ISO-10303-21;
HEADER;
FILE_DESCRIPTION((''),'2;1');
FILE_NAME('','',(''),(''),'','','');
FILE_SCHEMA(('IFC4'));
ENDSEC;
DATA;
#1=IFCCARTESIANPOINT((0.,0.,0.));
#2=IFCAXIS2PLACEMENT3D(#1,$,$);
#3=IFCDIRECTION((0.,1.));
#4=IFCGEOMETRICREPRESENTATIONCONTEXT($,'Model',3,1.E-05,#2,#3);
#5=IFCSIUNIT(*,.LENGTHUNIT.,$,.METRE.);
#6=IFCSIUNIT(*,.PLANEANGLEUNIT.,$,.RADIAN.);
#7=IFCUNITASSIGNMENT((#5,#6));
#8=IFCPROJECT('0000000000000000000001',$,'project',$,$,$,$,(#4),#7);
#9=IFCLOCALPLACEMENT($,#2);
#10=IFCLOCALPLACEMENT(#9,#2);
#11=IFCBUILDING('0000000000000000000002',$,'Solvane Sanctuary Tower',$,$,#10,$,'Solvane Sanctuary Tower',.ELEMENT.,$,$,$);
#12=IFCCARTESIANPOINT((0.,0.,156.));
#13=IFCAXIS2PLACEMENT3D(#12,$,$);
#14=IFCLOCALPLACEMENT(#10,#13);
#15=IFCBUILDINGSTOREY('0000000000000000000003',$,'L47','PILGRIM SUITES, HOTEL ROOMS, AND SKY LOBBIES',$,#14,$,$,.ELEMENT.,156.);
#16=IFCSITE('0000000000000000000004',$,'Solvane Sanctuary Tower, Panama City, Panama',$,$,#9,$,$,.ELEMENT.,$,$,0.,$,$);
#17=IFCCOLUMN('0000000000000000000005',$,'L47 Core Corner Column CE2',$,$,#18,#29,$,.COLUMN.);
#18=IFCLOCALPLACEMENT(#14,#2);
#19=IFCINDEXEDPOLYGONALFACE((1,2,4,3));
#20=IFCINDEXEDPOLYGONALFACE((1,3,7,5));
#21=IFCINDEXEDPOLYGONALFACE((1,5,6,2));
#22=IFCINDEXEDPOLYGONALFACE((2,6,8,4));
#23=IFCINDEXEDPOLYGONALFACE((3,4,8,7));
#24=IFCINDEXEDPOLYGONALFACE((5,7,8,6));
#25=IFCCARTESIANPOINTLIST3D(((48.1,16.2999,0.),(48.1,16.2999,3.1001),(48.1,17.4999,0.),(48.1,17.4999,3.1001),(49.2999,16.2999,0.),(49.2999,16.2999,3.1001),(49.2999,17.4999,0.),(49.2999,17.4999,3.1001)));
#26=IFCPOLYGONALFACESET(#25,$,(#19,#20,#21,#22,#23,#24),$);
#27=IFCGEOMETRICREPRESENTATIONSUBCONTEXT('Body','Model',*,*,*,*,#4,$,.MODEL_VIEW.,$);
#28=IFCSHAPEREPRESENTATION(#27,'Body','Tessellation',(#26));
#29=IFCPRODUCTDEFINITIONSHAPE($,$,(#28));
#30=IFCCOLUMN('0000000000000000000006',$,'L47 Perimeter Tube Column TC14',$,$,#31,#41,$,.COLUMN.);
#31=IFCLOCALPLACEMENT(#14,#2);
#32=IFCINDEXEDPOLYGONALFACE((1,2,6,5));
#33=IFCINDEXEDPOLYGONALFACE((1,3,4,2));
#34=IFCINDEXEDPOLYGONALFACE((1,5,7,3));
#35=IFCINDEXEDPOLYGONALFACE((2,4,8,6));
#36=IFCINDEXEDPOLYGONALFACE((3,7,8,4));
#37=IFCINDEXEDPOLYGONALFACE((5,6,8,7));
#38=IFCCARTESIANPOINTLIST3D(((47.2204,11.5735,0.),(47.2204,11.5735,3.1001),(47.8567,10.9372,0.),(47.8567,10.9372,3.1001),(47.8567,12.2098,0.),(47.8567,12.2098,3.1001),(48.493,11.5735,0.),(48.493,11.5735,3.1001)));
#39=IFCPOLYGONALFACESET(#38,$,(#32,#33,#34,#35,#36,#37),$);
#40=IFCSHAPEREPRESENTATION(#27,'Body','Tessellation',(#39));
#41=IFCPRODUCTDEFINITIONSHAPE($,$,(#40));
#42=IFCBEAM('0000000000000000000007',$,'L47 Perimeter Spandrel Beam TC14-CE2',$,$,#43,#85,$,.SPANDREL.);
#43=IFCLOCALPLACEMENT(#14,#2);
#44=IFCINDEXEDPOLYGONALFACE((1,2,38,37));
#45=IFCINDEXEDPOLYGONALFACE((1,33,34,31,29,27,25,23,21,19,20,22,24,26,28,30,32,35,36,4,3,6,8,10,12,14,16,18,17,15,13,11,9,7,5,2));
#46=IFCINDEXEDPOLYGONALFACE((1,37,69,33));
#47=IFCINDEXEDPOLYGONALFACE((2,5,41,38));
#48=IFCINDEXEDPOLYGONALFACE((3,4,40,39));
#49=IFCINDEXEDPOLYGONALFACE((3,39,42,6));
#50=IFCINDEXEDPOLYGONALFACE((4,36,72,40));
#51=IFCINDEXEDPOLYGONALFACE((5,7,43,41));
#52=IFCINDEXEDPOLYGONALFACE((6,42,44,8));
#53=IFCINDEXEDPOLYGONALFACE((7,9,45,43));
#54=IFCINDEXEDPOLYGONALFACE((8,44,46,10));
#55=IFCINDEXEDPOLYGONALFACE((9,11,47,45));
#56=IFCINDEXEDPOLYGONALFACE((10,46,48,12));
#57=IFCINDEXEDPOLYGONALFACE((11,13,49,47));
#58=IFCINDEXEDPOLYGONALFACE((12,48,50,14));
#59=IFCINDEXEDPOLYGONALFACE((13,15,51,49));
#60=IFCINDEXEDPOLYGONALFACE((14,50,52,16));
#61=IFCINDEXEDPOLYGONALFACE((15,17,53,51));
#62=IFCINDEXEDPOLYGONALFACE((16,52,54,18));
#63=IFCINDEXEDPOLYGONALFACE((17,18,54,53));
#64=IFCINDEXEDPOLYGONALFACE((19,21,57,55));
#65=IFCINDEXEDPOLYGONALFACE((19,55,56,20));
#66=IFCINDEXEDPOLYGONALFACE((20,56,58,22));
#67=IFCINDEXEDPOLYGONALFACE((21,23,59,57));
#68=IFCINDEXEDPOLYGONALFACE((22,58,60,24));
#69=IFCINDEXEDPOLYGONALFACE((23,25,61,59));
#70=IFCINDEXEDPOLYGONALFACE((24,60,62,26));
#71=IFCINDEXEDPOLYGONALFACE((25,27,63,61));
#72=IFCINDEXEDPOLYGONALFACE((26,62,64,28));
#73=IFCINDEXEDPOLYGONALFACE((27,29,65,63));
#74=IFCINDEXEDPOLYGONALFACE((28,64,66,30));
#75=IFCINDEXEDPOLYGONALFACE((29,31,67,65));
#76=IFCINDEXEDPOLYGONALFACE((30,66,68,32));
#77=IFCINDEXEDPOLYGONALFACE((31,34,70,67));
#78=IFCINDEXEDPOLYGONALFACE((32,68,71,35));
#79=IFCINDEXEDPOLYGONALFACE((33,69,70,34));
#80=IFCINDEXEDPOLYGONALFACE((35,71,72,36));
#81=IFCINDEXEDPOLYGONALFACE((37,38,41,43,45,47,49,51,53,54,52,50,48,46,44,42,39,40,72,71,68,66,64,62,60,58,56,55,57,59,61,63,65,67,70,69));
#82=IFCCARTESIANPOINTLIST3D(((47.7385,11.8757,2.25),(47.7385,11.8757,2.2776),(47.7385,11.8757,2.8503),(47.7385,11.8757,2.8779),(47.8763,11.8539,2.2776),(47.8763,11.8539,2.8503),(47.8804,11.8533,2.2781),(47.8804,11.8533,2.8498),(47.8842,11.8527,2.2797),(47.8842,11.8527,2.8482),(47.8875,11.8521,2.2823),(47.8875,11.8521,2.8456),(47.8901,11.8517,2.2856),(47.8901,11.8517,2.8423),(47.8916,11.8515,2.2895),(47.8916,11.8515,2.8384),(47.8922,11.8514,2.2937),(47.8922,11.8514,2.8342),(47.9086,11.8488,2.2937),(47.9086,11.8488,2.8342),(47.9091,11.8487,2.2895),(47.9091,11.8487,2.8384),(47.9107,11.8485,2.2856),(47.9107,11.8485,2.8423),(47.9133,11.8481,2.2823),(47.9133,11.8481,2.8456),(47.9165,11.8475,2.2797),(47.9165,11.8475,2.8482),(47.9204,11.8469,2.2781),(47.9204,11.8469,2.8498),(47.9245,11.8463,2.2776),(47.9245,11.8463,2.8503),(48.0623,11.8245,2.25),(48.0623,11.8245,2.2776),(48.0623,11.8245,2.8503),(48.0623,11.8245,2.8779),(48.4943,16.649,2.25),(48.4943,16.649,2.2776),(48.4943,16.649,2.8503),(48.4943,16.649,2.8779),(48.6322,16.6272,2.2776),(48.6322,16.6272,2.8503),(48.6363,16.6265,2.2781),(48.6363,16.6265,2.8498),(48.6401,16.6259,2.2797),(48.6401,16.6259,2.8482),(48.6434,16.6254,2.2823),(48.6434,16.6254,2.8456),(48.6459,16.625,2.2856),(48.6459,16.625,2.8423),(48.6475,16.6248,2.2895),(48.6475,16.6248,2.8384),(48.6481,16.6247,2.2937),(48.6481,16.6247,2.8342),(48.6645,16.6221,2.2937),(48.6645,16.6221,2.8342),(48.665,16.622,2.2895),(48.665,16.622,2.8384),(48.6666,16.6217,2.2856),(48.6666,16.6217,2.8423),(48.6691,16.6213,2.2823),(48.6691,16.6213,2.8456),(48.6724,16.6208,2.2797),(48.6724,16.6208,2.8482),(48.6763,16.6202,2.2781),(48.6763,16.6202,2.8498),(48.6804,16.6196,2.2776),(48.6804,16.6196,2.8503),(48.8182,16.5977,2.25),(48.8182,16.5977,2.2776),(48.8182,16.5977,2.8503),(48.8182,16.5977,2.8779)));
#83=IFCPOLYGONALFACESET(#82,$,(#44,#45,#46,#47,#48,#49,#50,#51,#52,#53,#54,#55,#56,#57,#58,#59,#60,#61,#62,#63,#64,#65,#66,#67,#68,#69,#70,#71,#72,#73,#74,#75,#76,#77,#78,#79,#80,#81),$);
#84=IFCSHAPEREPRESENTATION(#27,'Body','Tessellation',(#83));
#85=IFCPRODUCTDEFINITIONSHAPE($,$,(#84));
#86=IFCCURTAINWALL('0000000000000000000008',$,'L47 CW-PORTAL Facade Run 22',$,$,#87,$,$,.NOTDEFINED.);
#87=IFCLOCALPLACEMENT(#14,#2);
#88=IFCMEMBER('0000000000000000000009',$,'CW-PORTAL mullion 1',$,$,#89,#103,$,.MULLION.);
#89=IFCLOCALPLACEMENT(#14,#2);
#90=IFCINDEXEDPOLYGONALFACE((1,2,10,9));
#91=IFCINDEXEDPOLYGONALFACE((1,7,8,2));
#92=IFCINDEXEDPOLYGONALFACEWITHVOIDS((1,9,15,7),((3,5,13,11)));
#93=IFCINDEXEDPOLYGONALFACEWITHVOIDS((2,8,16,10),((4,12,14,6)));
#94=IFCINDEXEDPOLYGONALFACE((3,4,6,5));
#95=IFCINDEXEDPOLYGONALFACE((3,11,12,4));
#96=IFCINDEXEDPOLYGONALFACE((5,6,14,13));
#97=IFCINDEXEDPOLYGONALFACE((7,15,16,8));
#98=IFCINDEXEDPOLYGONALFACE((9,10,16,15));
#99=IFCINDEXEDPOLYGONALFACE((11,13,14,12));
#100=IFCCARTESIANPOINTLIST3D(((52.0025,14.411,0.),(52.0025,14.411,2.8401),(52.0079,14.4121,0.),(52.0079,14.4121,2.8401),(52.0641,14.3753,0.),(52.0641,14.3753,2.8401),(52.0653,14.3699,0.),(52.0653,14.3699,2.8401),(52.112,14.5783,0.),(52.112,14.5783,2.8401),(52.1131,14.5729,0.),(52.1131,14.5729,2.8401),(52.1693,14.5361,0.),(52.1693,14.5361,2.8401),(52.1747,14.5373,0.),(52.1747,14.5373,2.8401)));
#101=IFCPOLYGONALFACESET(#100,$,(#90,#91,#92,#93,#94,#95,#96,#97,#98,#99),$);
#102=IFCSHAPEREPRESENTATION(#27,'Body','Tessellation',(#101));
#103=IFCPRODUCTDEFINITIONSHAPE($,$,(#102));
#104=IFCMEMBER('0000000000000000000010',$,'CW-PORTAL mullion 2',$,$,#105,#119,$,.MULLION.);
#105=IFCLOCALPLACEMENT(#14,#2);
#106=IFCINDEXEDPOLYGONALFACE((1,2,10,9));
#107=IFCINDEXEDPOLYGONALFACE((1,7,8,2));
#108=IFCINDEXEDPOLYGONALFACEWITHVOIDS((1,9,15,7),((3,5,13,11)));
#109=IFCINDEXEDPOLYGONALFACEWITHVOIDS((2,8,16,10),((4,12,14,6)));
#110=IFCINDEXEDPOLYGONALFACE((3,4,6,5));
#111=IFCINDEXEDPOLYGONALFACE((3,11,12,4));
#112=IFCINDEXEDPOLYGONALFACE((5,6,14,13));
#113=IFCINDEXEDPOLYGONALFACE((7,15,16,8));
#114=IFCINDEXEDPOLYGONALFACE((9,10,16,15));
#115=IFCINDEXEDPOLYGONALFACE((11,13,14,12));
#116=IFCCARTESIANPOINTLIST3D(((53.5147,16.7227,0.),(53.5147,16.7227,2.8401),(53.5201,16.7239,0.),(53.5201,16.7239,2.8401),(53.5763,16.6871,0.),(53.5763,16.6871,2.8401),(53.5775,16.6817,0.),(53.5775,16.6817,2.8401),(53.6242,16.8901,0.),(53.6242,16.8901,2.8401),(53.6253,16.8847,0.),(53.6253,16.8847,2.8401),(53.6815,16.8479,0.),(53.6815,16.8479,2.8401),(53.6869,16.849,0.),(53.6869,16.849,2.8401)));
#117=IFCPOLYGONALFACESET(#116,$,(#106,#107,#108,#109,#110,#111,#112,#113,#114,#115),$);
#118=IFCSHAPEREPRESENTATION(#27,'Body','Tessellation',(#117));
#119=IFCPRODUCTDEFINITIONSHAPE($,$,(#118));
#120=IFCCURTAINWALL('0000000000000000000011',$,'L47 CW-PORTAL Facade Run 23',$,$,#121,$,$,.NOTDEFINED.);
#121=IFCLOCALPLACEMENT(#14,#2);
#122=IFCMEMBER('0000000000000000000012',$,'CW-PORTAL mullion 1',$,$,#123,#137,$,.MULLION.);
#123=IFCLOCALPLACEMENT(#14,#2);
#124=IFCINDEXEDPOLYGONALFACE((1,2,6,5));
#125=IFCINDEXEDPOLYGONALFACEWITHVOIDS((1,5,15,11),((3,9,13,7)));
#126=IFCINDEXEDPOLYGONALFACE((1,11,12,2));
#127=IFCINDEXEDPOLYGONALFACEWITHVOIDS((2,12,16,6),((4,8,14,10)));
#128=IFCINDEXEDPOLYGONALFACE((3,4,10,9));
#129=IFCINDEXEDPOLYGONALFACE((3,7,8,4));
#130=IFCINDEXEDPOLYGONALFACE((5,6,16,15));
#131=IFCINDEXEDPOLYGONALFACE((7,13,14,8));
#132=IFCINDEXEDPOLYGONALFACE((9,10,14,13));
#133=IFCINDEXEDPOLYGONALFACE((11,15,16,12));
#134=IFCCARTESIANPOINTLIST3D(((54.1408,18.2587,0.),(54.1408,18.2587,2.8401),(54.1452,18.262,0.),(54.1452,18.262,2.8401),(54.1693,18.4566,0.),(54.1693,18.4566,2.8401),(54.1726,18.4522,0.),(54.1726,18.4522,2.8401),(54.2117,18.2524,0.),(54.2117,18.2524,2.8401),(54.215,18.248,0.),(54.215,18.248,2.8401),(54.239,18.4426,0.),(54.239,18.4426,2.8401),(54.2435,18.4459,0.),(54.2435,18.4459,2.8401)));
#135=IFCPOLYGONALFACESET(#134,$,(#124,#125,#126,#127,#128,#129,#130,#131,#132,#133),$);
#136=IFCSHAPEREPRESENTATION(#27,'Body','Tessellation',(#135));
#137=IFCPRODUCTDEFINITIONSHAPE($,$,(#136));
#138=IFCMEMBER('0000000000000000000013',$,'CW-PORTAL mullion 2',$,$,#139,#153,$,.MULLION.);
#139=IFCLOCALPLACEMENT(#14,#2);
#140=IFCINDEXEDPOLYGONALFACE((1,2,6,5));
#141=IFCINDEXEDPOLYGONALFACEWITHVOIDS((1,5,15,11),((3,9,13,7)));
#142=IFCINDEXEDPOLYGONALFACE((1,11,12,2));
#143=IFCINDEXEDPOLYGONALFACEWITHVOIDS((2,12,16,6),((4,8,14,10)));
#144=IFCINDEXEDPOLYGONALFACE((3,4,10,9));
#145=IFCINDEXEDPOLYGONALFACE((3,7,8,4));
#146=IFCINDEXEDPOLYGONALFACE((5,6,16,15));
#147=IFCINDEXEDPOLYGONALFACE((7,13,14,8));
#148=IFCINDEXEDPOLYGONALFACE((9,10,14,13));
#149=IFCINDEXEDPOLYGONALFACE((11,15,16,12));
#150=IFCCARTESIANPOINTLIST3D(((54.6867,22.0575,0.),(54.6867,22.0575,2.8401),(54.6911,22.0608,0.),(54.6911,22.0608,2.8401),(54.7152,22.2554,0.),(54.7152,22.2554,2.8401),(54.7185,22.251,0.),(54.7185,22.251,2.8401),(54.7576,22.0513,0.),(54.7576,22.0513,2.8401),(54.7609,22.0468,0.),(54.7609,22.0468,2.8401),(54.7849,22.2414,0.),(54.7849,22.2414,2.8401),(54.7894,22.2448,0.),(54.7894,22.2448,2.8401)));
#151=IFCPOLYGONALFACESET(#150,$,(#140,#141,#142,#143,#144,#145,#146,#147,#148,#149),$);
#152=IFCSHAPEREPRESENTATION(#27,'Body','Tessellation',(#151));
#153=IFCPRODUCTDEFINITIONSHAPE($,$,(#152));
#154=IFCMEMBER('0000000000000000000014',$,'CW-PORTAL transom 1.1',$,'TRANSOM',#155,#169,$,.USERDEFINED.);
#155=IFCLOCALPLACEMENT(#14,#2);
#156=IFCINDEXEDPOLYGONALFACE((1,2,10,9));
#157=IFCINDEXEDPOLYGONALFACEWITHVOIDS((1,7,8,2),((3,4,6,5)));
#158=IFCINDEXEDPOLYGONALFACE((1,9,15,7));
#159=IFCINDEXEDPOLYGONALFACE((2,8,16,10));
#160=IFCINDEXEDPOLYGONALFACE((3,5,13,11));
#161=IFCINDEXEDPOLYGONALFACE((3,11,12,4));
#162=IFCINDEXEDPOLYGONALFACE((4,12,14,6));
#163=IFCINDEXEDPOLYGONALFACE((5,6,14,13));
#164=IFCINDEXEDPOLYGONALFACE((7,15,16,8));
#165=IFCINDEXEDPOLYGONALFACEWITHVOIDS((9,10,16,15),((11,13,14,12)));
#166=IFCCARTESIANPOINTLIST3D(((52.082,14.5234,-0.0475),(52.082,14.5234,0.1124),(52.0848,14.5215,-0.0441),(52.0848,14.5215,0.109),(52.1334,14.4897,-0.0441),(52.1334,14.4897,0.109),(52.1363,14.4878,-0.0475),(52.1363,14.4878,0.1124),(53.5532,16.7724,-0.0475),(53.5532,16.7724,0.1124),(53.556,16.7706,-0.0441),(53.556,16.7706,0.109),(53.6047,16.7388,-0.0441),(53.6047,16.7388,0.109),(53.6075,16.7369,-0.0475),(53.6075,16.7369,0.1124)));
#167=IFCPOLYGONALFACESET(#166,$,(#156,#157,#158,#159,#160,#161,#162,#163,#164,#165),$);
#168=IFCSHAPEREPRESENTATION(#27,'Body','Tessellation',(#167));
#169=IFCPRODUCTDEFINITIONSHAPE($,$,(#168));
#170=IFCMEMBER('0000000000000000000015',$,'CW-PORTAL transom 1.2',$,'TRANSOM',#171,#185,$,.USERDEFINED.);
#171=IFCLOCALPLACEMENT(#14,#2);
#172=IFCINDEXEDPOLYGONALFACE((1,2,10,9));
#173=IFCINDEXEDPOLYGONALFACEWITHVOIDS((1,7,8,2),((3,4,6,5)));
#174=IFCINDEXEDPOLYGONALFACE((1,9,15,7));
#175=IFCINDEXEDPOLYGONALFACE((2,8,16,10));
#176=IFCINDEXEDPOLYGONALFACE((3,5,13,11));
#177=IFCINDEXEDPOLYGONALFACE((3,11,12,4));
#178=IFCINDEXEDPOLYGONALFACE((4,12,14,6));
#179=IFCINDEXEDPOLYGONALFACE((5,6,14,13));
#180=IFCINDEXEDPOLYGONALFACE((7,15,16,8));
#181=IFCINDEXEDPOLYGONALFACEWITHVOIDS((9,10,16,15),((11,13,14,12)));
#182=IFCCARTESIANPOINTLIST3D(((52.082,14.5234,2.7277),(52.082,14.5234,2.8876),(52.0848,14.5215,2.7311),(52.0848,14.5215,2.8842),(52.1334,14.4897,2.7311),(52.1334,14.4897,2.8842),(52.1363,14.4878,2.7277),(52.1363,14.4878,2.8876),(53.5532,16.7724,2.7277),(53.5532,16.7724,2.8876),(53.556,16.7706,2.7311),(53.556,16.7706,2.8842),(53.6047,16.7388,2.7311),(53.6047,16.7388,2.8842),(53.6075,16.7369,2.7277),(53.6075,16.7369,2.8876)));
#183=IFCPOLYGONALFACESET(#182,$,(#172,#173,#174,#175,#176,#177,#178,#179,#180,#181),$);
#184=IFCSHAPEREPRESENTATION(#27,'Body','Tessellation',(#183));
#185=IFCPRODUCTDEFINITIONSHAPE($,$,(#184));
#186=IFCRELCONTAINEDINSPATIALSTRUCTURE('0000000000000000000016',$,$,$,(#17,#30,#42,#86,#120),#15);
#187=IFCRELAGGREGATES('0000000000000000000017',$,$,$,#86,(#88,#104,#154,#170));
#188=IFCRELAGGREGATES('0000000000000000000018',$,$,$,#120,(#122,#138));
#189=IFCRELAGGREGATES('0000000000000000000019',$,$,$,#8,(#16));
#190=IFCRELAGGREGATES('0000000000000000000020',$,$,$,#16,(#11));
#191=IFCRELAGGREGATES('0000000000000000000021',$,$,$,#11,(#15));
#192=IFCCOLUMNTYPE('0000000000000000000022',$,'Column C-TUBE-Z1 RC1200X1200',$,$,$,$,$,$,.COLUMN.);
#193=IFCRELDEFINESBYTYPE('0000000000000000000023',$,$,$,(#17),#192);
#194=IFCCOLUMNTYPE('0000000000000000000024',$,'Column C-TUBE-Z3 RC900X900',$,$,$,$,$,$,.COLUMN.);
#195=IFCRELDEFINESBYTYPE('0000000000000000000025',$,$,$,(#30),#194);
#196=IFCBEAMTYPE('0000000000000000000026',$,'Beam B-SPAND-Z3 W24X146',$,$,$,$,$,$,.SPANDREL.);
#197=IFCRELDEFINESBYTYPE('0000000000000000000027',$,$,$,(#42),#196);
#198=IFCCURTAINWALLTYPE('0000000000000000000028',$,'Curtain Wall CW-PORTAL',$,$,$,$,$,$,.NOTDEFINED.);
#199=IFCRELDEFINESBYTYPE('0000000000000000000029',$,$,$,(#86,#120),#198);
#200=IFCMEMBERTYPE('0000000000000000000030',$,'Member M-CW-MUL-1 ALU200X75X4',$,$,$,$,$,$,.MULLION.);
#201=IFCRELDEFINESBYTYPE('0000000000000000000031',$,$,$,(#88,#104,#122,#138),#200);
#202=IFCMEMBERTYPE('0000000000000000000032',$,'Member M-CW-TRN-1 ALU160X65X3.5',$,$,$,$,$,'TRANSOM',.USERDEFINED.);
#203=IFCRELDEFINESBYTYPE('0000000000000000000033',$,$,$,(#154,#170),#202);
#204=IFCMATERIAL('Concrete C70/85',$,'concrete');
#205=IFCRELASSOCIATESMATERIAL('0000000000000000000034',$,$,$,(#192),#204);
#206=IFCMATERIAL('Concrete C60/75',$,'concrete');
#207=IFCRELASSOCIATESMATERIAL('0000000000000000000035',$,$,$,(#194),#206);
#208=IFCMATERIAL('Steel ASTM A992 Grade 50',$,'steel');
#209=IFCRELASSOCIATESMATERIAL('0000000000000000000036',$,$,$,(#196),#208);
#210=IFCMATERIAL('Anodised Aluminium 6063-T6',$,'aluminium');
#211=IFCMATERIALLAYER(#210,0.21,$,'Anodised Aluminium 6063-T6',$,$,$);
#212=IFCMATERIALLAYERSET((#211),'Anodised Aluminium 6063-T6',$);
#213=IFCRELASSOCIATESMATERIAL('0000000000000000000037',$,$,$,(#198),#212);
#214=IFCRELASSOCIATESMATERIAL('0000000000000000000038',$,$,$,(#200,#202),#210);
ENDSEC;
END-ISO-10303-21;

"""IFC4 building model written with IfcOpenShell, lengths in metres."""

from ifc_helpers import new_model, si_unit, direction, frame, origin, origin_2d, place, context, subcontext, project, spatial, rectangle, hollow_rectangle, i_section, extrude, material, layer, layer_set, material_profile, profile_set, type_object, element, aggregate, save


model = new_model("IFC4")

# Units and contexts
model_context = context("Model", 3, precision=1e-05, world=origin(), true_north=direction((0.0, 1.0)))
body_context = subcontext(model_context, "Body", "Model", "MODEL_VIEW")
ifc_project = project(units=[si_unit("LENGTHUNIT", "METRE"), si_unit("PLANEANGLEUNIT", "RADIAN")], contexts=[model_context])

# Site, building, storey
site_placement = place(None, origin())
site = spatial("IfcSite", under=ifc_project, at=site_placement, Name="Solvane Sanctuary Tower, Panama City, Panama", CompositionType="ELEMENT", RefElevation=0.0)
building_placement = place(site_placement, origin())
building = spatial("IfcBuilding", under=site, at=building_placement, Name="Solvane Sanctuary Tower", LongName="Solvane Sanctuary Tower", CompositionType="ELEMENT")
storey_placement = place(building_placement, frame((0.0, 0.0, 156.0)))
storey = spatial("IfcBuildingStorey", under=building, at=storey_placement, Name="L47", Description="PILGRIM SUITES, HOTEL ROOMS, AND SKY LOBBIES", CompositionType="ELEMENT", Elevation=156.0)

# Columns
ifc_material_1 = material(Name="Concrete C70/85", Category="concrete")
ifc_material_profile_1 = material_profile(ifc_material_1, rectangle(XDim=1.2, YDim=1.2, at=origin_2d()), Name="RC1200X1200")
ifc_profile_set_1 = profile_set([ifc_material_profile_1], Name="Concrete C70/85")
column_type_1 = type_object("IfcColumnType", Name="Column C-TUBE-Z1 RC1200X1200", PredefinedType="COLUMN", material=ifc_profile_set_1)
column_1_placement = place(storey_placement, frame((48.7, 16.8999, 0.0), z_axis=(0.0, 0.0, 1.0), x_axis=(1.0, 0.0, 0.0)))
element("IfcColumn", 1, at=column_1_placement, inside=storey, type_object=column_type_1, Name="L47 Core Corner Column CE2", PredefinedType="COLUMN", context=body_context, shape_type="SweptSolid", body=[
    extrude(rectangle(XDim=1.2, YDim=1.2, at=origin_2d()), origin(), (0.0, 0.0, 1.0), 3.1001),
])
ifc_material_2 = material(Name="Concrete C60/75", Category="concrete")
ifc_material_profile_2 = material_profile(ifc_material_2, rectangle(XDim=0.8999, YDim=0.8999, at=origin_2d()), Name="RC900X900")
ifc_profile_set_2 = profile_set([ifc_material_profile_2], Name="Concrete C60/75")
column_type_2 = type_object("IfcColumnType", Name="Column C-TUBE-Z3 RC900X900", PredefinedType="COLUMN", material=ifc_profile_set_2)
column_2_placement = place(storey_placement, frame((47.8567, 11.5735, 0.0), z_axis=(0.0, 0.0, 1.0), x_axis=(0.707107, -0.707107, 0.0)))
element("IfcColumn", 2, at=column_2_placement, inside=storey, type_object=column_type_2, Name="L47 Perimeter Tube Column TC14", PredefinedType="COLUMN", context=body_context, shape_type="SweptSolid", body=[
    extrude(rectangle(XDim=0.8999, YDim=0.8999, at=origin_2d()), origin(), (0.0, 0.0, 1.0), 3.1001),
])

# Beam
ifc_material_3 = material(Name="Steel ASTM A992 Grade 50", Category="steel")
ifc_material_profile_3 = material_profile(ifc_material_3, i_section(OverallWidth=0.3279, OverallDepth=0.6279, WebThickness=0.0166, FlangeThickness=0.0276, FilletRadius=0.0161, at=origin_2d()), Name="W24X146")
ifc_profile_set_3 = profile_set([ifc_material_profile_3], Name="Steel ASTM A992 Grade 50")
beam_type = type_object("IfcBeamType", Name="Beam B-SPAND-Z3 W24X146", PredefinedType="SPANDREL", material=ifc_profile_set_3)
beam_placement = place(storey_placement, frame((47.9004, 11.8501, 2.564), z_axis=(0.156406, 0.987693, 0.0), x_axis=(-0.987693, 0.156406, 0.0)))
element("IfcBeam", 3, at=beam_placement, inside=storey, type_object=beam_type, Name="L47 Perimeter Spandrel Beam TC14-CE2", PredefinedType="SPANDREL", context=body_context, shape_type="SweptSolid", body=[
    extrude(i_section(OverallWidth=0.3279, OverallDepth=0.6279, WebThickness=0.0166, FlangeThickness=0.0276, FilletRadius=0.0161, at=origin_2d()), origin(), (0.0, 0.0, 1.0), 4.8328),
])

# Curtain walls, members
ifc_material_4 = material(Name="Anodised Aluminium 6063-T6", Category="aluminium")
ifc_layer_1 = layer(ifc_material_4, 0.21, Name="Anodised Aluminium 6063-T6")
ifc_layer_set_1 = layer_set([ifc_layer_1], Name="Anodised Aluminium 6063-T6")
curtain_wall_type = type_object("IfcCurtainWallType", Name="Curtain Wall CW-PORTAL", PredefinedType="NOTDEFINED", material=ifc_layer_set_1)
curtain_wall_1_placement = place(storey_placement, origin())
curtain_wall_1 = element("IfcCurtainWall", 4, at=curtain_wall_1_placement, inside=storey, type_object=curtain_wall_type, Name="L47 CW-PORTAL Facade Run 22", PredefinedType="NOTDEFINED")
ifc_material_profile_4 = material_profile(ifc_material_4, hollow_rectangle(XDim=0.075, YDim=0.2, WallThickness=0.0039, at=origin_2d()), Name="ALU200X75X4")
ifc_profile_set_4 = profile_set([ifc_material_profile_4], Name="Anodised Aluminium 6063-T6")
member_type_1 = type_object("IfcMemberType", Name="Member M-CW-MUL-1 ALU200X75X4", PredefinedType="MULLION", material=ifc_profile_set_4)
member_1_placement = place(storey_placement, frame((52.0886, 14.4741, 0.0), z_axis=(0.0, 0.0, 1.0), x_axis=(-0.83685, 0.547433, 0.0)))
member_1 = element("IfcMember", 5, at=member_1_placement, type_object=member_type_1, Name="CW-PORTAL mullion 1", PredefinedType="MULLION", context=body_context, shape_type="SweptSolid", body=[
    extrude(hollow_rectangle(XDim=0.075, YDim=0.2, WallThickness=0.0039, at=origin_2d()), origin(), (0.0, 0.0, 1.0), 2.8401),
])
member_2_placement = place(storey_placement, frame((53.6008, 16.7859, 0.0), z_axis=(0.0, 0.0, 1.0), x_axis=(-0.83685, 0.547433, 0.0)))
member_2 = element("IfcMember", 6, at=member_2_placement, type_object=member_type_1, Name="CW-PORTAL mullion 2", PredefinedType="MULLION", context=body_context, shape_type="SweptSolid", body=[
    extrude(hollow_rectangle(XDim=0.075, YDim=0.2, WallThickness=0.0039, at=origin_2d()), origin(), (0.0, 0.0, 1.0), 2.8401),
])
curtain_wall_2_placement = place(storey_placement, origin())
curtain_wall_2 = element("IfcCurtainWall", 7, at=curtain_wall_2_placement, inside=storey, type_object=curtain_wall_type, Name="L47 CW-PORTAL Facade Run 23", PredefinedType="NOTDEFINED")
member_3_placement = place(storey_placement, frame((54.1921, 18.3523, 0.0), z_axis=(0.0, 0.0, 1.0), x_axis=(-0.989831, 0.142248, 0.0)))
member_3 = element("IfcMember", 8, at=member_3_placement, type_object=member_type_1, Name="CW-PORTAL mullion 1", PredefinedType="MULLION", context=body_context, shape_type="SweptSolid", body=[
    extrude(hollow_rectangle(XDim=0.075, YDim=0.2, WallThickness=0.0039, at=origin_2d()), origin(), (0.0, 0.0, 1.0), 2.8401),
])
member_4_placement = place(storey_placement, frame((54.738, 22.1511, 0.0), z_axis=(0.0, 0.0, 1.0), x_axis=(-0.989831, 0.142248, 0.0)))
member_4 = element("IfcMember", 9, at=member_4_placement, type_object=member_type_1, Name="CW-PORTAL mullion 2", PredefinedType="MULLION", context=body_context, shape_type="SweptSolid", body=[
    extrude(hollow_rectangle(XDim=0.075, YDim=0.2, WallThickness=0.0039, at=origin_2d()), origin(), (0.0, 0.0, 1.0), 2.8401),
])

# Members
ifc_material_profile_5 = material_profile(ifc_material_4, hollow_rectangle(XDim=0.0649, YDim=0.1599, WallThickness=0.0034, at=origin_2d()), Name="ALU160X65X3.5")
ifc_profile_set_5 = profile_set([ifc_material_profile_5], Name="Anodised Aluminium 6063-T6")
member_type_2 = type_object("IfcMemberType", Name="Member M-CW-TRN-1 ALU160X65X3.5", ElementType="TRANSOM", PredefinedType="USERDEFINED", material=ifc_profile_set_5)
member_5_placement = place(storey_placement, frame((52.1091, 14.5056, 0.0325), z_axis=(0.547426, 0.836854, 0.0), x_axis=(-0.836854, 0.547426, 0.0)))
member_5 = element("IfcMember", 10, at=member_5_placement, type_object=member_type_2, Name="CW-PORTAL transom 1.1", ObjectType="TRANSOM", PredefinedType="USERDEFINED", context=body_context, shape_type="SweptSolid", body=[
    extrude(hollow_rectangle(XDim=0.0649, YDim=0.1599, WallThickness=0.0034, at=origin_2d()), origin(), (0.0, 0.0, 1.0), 2.6875),
])
member_6_placement = place(storey_placement, frame((52.1091, 14.5056, 2.8076), z_axis=(0.547426, 0.836854, 0.0), x_axis=(-0.836854, 0.547426, 0.0)))
member_6 = element("IfcMember", 11, at=member_6_placement, type_object=member_type_2, Name="CW-PORTAL transom 1.2", ObjectType="TRANSOM", PredefinedType="USERDEFINED", context=body_context, shape_type="SweptSolid", body=[
    extrude(hollow_rectangle(XDim=0.0649, YDim=0.1599, WallThickness=0.0034, at=origin_2d()), origin(), (0.0, 0.0, 1.0), 2.6875),
])

aggregate(curtain_wall_1, [member_1, member_2, member_5, member_6])
aggregate(curtain_wall_2, [member_3, member_4])

save(model, "model.ifc")
